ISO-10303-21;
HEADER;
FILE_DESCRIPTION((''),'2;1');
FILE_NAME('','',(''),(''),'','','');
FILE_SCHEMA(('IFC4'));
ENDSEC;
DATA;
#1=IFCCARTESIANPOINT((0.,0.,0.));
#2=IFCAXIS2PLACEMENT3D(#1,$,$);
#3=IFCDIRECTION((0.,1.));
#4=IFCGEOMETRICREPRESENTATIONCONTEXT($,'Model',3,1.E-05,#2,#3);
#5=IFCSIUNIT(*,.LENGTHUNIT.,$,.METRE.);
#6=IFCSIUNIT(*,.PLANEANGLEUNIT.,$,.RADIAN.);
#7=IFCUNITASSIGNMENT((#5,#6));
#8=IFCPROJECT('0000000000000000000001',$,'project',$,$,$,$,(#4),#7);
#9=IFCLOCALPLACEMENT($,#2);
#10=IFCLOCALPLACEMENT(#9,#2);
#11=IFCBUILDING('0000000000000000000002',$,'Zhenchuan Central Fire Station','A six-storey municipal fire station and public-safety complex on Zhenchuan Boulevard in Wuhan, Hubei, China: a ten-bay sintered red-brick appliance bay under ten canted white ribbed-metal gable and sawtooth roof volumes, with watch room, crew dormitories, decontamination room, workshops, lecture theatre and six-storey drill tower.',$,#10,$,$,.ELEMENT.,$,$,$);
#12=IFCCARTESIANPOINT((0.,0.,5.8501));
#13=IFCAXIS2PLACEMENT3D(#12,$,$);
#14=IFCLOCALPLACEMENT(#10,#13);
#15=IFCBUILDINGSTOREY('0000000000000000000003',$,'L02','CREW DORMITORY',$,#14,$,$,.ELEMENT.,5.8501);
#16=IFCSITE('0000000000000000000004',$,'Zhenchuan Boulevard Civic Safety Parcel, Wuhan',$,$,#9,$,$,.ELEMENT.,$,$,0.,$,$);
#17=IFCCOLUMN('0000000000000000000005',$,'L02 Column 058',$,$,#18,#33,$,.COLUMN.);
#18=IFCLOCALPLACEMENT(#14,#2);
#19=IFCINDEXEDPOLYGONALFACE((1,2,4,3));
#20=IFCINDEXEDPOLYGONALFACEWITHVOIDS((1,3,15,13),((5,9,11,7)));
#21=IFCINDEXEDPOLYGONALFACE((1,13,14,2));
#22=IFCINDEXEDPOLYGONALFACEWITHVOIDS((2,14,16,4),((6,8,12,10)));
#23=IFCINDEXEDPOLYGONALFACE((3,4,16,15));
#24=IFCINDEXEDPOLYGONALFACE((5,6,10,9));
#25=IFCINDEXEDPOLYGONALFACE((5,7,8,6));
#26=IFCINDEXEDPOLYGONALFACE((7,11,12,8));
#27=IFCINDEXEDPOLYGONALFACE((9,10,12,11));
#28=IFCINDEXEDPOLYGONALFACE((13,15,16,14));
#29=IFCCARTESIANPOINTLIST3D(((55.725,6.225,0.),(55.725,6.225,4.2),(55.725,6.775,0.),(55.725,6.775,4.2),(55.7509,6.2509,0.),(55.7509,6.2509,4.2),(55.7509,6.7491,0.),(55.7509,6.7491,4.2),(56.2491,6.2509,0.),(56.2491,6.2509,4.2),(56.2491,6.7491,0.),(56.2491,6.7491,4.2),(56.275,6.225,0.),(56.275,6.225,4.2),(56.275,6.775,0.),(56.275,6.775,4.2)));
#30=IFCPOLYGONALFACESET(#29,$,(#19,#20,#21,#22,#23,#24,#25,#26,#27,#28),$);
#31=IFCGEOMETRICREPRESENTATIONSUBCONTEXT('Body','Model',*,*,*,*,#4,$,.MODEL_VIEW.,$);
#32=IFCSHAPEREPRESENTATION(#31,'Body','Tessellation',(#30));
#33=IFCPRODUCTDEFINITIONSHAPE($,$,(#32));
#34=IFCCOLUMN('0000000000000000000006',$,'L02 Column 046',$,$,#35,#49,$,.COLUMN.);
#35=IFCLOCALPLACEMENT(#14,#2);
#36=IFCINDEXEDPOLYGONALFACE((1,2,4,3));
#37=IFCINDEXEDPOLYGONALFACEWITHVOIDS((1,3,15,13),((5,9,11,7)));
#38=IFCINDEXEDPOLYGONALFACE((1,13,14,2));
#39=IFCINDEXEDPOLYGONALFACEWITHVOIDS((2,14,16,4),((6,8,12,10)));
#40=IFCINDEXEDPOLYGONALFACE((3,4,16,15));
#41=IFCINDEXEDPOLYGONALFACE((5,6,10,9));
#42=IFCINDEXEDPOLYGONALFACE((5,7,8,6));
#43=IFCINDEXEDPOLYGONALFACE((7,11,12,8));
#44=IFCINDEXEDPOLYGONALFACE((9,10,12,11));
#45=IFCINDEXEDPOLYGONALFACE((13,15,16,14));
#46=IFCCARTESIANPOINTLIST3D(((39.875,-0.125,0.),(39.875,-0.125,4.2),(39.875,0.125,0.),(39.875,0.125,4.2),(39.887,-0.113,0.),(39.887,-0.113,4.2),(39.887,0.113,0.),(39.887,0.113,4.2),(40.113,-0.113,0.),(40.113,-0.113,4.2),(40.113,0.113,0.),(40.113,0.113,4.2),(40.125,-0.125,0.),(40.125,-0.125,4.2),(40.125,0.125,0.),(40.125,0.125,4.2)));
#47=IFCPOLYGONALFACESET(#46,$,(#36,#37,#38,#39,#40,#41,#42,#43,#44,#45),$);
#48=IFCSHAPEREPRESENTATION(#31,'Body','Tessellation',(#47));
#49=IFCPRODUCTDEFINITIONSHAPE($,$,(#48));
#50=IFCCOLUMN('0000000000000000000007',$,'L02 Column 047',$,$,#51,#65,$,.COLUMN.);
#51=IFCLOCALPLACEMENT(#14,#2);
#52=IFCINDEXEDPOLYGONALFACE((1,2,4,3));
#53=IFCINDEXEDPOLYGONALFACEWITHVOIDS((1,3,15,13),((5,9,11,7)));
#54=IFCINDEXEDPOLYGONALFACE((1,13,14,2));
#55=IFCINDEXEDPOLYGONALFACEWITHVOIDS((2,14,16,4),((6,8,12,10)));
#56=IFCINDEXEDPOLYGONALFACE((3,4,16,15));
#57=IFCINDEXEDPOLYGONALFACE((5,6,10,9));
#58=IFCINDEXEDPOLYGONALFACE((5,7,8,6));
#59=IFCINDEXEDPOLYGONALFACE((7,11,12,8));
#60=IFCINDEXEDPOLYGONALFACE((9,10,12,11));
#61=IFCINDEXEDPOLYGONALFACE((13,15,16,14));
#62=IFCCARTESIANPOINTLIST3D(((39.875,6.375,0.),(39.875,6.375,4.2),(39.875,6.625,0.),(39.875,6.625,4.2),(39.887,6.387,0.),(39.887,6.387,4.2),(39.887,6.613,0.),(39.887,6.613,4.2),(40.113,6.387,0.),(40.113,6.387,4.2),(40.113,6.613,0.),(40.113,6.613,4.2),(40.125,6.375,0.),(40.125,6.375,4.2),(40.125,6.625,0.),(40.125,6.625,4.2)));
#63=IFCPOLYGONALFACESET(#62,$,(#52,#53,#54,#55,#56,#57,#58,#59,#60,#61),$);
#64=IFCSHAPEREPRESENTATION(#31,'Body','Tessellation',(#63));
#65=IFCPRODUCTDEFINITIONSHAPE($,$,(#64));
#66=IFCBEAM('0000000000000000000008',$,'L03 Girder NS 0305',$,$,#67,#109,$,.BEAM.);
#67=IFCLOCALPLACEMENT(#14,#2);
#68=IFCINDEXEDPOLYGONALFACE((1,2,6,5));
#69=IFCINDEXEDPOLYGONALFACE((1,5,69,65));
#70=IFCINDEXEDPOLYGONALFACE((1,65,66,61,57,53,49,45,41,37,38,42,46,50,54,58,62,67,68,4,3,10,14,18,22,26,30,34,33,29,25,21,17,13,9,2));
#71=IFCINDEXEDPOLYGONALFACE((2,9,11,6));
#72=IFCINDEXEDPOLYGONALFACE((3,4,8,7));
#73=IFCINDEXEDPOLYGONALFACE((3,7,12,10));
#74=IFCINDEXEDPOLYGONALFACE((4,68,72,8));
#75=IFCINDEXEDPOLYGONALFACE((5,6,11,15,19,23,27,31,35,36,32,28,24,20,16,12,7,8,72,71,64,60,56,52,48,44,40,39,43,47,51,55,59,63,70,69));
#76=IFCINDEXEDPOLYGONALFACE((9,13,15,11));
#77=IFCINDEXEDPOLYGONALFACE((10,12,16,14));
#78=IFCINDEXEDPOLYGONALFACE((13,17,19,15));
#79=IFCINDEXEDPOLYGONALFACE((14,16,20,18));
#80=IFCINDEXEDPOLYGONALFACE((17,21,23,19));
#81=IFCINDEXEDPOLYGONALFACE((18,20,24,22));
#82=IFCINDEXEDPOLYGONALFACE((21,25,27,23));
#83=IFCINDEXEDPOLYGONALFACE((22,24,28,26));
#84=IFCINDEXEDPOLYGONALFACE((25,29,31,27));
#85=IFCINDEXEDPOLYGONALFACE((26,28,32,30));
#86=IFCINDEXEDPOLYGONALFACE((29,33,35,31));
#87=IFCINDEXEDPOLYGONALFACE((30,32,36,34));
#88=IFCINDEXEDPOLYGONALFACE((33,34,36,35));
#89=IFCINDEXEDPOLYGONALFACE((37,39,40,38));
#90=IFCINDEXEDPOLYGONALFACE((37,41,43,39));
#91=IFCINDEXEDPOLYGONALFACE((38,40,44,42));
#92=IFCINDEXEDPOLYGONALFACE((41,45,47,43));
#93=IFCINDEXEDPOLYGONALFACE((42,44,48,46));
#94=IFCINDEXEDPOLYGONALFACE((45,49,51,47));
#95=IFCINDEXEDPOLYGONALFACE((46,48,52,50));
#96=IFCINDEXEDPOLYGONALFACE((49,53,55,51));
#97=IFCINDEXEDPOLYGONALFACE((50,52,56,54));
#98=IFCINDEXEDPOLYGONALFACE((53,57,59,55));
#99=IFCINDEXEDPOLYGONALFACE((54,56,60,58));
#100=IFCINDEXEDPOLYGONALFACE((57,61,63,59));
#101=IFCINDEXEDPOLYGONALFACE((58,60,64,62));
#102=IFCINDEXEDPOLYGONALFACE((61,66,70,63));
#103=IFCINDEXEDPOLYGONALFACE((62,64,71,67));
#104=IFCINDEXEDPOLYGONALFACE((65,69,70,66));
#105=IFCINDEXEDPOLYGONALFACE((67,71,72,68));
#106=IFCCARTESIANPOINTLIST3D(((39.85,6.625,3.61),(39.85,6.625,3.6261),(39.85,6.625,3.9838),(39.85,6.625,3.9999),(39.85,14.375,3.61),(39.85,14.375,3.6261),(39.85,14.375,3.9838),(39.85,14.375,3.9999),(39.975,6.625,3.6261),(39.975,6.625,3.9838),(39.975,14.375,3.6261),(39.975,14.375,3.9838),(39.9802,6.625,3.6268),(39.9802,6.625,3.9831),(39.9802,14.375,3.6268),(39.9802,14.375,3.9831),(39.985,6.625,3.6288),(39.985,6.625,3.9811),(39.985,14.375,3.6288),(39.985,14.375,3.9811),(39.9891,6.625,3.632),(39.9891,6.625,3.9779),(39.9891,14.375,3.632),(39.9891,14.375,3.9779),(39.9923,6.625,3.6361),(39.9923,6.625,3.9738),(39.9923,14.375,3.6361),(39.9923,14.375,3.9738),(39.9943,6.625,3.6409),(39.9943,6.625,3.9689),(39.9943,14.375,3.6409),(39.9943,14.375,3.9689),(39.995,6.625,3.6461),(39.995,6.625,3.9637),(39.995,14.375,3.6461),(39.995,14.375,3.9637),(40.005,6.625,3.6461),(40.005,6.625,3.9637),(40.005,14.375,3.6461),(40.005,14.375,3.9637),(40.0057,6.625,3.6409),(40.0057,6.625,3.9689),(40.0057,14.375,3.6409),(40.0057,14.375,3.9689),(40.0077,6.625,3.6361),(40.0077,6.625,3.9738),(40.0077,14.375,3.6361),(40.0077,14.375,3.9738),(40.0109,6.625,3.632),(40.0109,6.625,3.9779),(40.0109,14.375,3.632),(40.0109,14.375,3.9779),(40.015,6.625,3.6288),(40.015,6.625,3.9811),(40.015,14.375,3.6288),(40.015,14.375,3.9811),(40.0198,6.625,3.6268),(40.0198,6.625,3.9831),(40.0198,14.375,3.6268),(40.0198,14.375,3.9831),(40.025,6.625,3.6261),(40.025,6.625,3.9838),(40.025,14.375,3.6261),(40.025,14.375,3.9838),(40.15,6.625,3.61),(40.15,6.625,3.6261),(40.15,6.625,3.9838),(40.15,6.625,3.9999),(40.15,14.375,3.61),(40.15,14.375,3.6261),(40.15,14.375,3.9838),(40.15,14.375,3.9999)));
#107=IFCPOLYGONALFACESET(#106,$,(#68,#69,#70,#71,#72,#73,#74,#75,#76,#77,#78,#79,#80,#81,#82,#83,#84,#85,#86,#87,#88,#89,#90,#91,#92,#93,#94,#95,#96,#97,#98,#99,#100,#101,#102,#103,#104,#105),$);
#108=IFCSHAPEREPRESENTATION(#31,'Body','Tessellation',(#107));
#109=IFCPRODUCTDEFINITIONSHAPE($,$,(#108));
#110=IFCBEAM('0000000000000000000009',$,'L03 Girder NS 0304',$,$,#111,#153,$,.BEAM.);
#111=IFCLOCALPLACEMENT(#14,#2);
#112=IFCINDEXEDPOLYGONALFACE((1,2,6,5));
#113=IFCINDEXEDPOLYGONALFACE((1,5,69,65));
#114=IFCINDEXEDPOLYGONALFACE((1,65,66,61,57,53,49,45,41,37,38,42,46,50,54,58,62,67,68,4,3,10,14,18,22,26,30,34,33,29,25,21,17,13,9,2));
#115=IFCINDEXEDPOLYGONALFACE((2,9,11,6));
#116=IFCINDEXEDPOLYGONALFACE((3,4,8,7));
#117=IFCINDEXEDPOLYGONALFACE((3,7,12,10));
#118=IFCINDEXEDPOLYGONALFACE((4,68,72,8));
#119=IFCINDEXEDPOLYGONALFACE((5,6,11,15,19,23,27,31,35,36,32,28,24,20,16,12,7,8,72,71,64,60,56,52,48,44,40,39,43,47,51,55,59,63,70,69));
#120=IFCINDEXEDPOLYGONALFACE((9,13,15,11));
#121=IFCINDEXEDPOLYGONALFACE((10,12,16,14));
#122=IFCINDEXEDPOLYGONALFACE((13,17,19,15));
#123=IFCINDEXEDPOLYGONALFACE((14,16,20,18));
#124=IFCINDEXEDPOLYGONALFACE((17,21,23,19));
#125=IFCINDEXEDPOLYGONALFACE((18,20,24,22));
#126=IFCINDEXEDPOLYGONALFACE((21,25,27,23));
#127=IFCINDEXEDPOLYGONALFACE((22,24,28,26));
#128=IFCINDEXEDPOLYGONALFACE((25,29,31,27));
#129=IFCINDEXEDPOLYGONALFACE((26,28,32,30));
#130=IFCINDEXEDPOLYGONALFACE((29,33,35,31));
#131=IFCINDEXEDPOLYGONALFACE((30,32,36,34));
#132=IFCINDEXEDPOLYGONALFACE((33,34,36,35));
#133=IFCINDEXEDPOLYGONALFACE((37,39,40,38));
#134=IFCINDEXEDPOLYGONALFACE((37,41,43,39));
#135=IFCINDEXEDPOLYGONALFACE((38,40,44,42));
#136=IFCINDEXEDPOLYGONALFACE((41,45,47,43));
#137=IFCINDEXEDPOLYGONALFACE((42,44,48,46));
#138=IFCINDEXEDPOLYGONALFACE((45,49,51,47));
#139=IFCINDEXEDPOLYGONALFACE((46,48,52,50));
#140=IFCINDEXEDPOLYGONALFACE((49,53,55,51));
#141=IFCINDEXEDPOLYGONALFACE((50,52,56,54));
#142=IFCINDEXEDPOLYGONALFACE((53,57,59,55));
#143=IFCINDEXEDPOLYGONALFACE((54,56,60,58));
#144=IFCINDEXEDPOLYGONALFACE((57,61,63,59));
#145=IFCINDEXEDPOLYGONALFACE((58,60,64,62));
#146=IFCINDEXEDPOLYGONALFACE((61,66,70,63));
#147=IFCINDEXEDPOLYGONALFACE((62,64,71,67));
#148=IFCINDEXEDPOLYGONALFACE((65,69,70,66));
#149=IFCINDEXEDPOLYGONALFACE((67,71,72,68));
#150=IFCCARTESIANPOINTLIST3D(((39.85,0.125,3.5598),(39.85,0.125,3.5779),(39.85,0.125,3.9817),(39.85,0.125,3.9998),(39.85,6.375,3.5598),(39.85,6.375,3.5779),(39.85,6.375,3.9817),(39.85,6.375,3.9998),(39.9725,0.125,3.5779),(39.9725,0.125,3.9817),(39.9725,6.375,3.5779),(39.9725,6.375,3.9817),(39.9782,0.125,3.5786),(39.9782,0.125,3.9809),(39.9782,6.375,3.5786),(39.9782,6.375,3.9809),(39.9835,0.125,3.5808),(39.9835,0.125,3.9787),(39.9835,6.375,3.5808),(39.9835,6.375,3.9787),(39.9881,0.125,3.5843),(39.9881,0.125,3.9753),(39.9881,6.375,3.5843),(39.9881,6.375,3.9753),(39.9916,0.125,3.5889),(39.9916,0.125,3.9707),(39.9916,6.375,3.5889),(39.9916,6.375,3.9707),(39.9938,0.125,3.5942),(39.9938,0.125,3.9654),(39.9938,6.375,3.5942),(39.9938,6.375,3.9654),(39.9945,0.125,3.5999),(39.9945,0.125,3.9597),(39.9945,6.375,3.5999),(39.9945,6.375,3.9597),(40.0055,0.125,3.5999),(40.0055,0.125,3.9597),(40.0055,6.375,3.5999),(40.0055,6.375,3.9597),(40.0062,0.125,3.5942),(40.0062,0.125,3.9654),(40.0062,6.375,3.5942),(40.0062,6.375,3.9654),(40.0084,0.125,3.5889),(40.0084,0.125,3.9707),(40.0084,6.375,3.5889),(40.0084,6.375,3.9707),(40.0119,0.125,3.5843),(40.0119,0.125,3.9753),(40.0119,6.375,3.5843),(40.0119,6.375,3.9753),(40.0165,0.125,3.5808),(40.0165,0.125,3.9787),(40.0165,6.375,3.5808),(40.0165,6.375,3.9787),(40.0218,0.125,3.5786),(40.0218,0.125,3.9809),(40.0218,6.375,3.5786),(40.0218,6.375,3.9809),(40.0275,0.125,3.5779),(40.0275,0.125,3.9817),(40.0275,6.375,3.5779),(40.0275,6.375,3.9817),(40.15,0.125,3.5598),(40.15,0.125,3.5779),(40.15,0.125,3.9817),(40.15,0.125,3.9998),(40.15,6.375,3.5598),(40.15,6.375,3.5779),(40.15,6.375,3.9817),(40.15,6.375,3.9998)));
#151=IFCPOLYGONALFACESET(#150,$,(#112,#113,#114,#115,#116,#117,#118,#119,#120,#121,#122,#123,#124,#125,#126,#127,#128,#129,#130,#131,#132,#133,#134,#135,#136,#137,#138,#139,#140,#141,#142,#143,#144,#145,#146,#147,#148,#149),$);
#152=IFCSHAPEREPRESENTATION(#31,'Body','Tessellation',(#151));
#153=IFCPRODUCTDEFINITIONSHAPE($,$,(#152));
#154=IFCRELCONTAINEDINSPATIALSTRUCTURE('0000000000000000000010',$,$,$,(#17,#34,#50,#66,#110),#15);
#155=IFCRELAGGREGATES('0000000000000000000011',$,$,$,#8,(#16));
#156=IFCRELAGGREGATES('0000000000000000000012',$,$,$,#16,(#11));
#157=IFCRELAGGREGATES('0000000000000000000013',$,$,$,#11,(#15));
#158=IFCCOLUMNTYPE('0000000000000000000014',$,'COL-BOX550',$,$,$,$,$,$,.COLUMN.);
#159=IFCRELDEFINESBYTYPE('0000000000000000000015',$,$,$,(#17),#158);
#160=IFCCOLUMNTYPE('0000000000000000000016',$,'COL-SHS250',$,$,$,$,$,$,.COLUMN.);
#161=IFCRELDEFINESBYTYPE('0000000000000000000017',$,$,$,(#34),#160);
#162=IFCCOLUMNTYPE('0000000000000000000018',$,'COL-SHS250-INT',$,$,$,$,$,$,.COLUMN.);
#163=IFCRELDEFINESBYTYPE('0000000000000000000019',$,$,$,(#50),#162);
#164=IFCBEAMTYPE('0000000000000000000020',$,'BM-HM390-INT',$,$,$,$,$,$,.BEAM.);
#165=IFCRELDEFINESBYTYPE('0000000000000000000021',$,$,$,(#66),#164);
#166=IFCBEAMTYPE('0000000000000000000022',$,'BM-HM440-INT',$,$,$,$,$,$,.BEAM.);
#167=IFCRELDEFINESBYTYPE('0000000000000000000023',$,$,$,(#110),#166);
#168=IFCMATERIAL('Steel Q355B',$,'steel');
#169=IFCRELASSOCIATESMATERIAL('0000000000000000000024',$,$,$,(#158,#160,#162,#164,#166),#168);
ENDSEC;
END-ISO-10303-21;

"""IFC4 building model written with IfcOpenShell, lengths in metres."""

from ifc_helpers import new_model, si_unit, direction, frame, origin, origin_2d, place, context, subcontext, project, spatial, hollow_rectangle, i_section, extrude, material, material_profile, profile_set, type_object, element, save


model = new_model("IFC4")

# Units and contexts
model_context = context("Model", 3, precision=1e-05, world=origin(), true_north=direction((0.0, 1.0)))
body_context = subcontext(model_context, "Body", "Model", "MODEL_VIEW")
ifc_project = project(units=[si_unit("LENGTHUNIT", "METRE"), si_unit("PLANEANGLEUNIT", "RADIAN")], contexts=[model_context])

# Site, building, storey
site_placement = place(None, origin())
site = spatial("IfcSite", under=ifc_project, at=site_placement, Name="Zhenchuan Boulevard Civic Safety Parcel, Wuhan", CompositionType="ELEMENT", RefElevation=0.0)
building_placement = place(site_placement, origin())
building = spatial("IfcBuilding", under=site, at=building_placement, Name="Zhenchuan Central Fire Station", Description="A six-storey municipal fire station and public-safety complex on Zhenchuan Boulevard in Wuhan, Hubei, China: a ten-bay sintered red-brick appliance bay under ten canted white ribbed-metal gable and sawtooth roof volumes, with watch room, crew dormitories, decontamination room, workshops, lecture theatre and six-storey drill tower.", CompositionType="ELEMENT")
storey_placement = place(building_placement, frame((0.0, 0.0, 5.8501)))
storey = spatial("IfcBuildingStorey", under=building, at=storey_placement, Name="L02", Description="CREW DORMITORY", CompositionType="ELEMENT", Elevation=5.8501)

# Columns
ifc_material_1 = material(Name="Steel Q355B", Category="steel")
ifc_material_profile_1 = material_profile(ifc_material_1, hollow_rectangle(XDim=0.55, YDim=0.55, WallThickness=0.0259, at=origin_2d()), Name="BOX 550x550x26")
ifc_profile_set_1 = profile_set([ifc_material_profile_1], Name="Steel Q355B")
column_type_1 = type_object("IfcColumnType", Name="COL-BOX550", PredefinedType="COLUMN", material=ifc_profile_set_1)
column_1_placement = place(storey_placement, frame((56.0, 6.5, 0.0), z_axis=(0.0, 0.0, 1.0), x_axis=(1.0, 0.0, 0.0)))
element("IfcColumn", 1, at=column_1_placement, inside=storey, type_object=column_type_1, Name="L02 Column 058", PredefinedType="COLUMN", context=body_context, shape_type="SweptSolid", body=[
    extrude(hollow_rectangle(XDim=0.55, YDim=0.55, WallThickness=0.0259, at=origin_2d()), origin(), (0.0, 0.0, 1.0), 4.2),
])
ifc_material_profile_2 = material_profile(ifc_material_1, hollow_rectangle(XDim=0.25, YDim=0.25, WallThickness=0.012, at=origin_2d()), Name="SHS 250x250x12")
ifc_profile_set_2 = profile_set([ifc_material_profile_2], Name="Steel Q355B")
column_type_2 = type_object("IfcColumnType", Name="COL-SHS250", PredefinedType="COLUMN", material=ifc_profile_set_2)
column_2_placement = place(storey_placement, frame((40.0, 0.0, 0.0), z_axis=(0.0, 0.0, 1.0), x_axis=(1.0, 0.0, 0.0)))
element("IfcColumn", 2, at=column_2_placement, inside=storey, type_object=column_type_2, Name="L02 Column 046", PredefinedType="COLUMN", context=body_context, shape_type="SweptSolid", body=[
    extrude(hollow_rectangle(XDim=0.25, YDim=0.25, WallThickness=0.012, at=origin_2d()), origin(), (0.0, 0.0, 1.0), 4.2),
])
ifc_material_profile_3 = material_profile(ifc_material_1, hollow_rectangle(XDim=0.25, YDim=0.25, WallThickness=0.012, at=origin_2d()), Name="SHS 250x250x12")
ifc_profile_set_3 = profile_set([ifc_material_profile_3], Name="Steel Q355B")
column_type_3 = type_object("IfcColumnType", Name="COL-SHS250-INT", PredefinedType="COLUMN", material=ifc_profile_set_3)
column_3_placement = place(storey_placement, frame((40.0, 6.5, 0.0), z_axis=(0.0, 0.0, 1.0), x_axis=(1.0, 0.0, 0.0)))
element("IfcColumn", 3, at=column_3_placement, inside=storey, type_object=column_type_3, Name="L02 Column 047", PredefinedType="COLUMN", context=body_context, shape_type="SweptSolid", body=[
    extrude(hollow_rectangle(XDim=0.25, YDim=0.25, WallThickness=0.012, at=origin_2d()), origin(), (0.0, 0.0, 1.0), 4.2),
])

# Beams
ifc_material_profile_4 = material_profile(ifc_material_1, i_section(OverallWidth=0.3, OverallDepth=0.3899, WebThickness=0.01, FlangeThickness=0.0161, FilletRadius=0.02, at=origin_2d()), Name="HM 390x300")
ifc_profile_set_4 = profile_set([ifc_material_profile_4], Name="Steel Q355B")
beam_type_1 = type_object("IfcBeamType", Name="BM-HM390-INT", PredefinedType="BEAM", material=ifc_profile_set_4)
beam_1_placement = place(storey_placement, frame((40.0, 6.625, 3.8049), z_axis=(0.0, 1.0, 0.0), x_axis=(-1.0, 0.0, 0.0)))
element("IfcBeam", 4, at=beam_1_placement, inside=storey, type_object=beam_type_1, Name="L03 Girder NS 0305", PredefinedType="BEAM", context=body_context, shape_type="SweptSolid", body=[
    extrude(i_section(OverallWidth=0.3, OverallDepth=0.3899, WebThickness=0.01, FlangeThickness=0.0161, FilletRadius=0.02, at=origin_2d()), origin(), (0.0, 0.0, 1.0), 7.75),
])
ifc_material_profile_5 = material_profile(ifc_material_1, i_section(OverallWidth=0.3, OverallDepth=0.4399, WebThickness=0.011, FlangeThickness=0.0181, FilletRadius=0.022, at=origin_2d()), Name="HM 440x300")
ifc_profile_set_5 = profile_set([ifc_material_profile_5], Name="Steel Q355B")
beam_type_2 = type_object("IfcBeamType", Name="BM-HM440-INT", PredefinedType="BEAM", material=ifc_profile_set_5)
beam_2_placement = place(storey_placement, frame((40.0, 0.125, 3.7798), z_axis=(0.0, 1.0, 0.0), x_axis=(-1.0, 0.0, 0.0)))
element("IfcBeam", 5, at=beam_2_placement, inside=storey, type_object=beam_type_2, Name="L03 Girder NS 0304", PredefinedType="BEAM", context=body_context, shape_type="SweptSolid", body=[
    extrude(i_section(OverallWidth=0.3, OverallDepth=0.4399, WebThickness=0.011, FlangeThickness=0.0181, FilletRadius=0.022, at=origin_2d()), origin(), (0.0, 0.0, 1.0), 6.25),
])

save(model, "model.ifc")
